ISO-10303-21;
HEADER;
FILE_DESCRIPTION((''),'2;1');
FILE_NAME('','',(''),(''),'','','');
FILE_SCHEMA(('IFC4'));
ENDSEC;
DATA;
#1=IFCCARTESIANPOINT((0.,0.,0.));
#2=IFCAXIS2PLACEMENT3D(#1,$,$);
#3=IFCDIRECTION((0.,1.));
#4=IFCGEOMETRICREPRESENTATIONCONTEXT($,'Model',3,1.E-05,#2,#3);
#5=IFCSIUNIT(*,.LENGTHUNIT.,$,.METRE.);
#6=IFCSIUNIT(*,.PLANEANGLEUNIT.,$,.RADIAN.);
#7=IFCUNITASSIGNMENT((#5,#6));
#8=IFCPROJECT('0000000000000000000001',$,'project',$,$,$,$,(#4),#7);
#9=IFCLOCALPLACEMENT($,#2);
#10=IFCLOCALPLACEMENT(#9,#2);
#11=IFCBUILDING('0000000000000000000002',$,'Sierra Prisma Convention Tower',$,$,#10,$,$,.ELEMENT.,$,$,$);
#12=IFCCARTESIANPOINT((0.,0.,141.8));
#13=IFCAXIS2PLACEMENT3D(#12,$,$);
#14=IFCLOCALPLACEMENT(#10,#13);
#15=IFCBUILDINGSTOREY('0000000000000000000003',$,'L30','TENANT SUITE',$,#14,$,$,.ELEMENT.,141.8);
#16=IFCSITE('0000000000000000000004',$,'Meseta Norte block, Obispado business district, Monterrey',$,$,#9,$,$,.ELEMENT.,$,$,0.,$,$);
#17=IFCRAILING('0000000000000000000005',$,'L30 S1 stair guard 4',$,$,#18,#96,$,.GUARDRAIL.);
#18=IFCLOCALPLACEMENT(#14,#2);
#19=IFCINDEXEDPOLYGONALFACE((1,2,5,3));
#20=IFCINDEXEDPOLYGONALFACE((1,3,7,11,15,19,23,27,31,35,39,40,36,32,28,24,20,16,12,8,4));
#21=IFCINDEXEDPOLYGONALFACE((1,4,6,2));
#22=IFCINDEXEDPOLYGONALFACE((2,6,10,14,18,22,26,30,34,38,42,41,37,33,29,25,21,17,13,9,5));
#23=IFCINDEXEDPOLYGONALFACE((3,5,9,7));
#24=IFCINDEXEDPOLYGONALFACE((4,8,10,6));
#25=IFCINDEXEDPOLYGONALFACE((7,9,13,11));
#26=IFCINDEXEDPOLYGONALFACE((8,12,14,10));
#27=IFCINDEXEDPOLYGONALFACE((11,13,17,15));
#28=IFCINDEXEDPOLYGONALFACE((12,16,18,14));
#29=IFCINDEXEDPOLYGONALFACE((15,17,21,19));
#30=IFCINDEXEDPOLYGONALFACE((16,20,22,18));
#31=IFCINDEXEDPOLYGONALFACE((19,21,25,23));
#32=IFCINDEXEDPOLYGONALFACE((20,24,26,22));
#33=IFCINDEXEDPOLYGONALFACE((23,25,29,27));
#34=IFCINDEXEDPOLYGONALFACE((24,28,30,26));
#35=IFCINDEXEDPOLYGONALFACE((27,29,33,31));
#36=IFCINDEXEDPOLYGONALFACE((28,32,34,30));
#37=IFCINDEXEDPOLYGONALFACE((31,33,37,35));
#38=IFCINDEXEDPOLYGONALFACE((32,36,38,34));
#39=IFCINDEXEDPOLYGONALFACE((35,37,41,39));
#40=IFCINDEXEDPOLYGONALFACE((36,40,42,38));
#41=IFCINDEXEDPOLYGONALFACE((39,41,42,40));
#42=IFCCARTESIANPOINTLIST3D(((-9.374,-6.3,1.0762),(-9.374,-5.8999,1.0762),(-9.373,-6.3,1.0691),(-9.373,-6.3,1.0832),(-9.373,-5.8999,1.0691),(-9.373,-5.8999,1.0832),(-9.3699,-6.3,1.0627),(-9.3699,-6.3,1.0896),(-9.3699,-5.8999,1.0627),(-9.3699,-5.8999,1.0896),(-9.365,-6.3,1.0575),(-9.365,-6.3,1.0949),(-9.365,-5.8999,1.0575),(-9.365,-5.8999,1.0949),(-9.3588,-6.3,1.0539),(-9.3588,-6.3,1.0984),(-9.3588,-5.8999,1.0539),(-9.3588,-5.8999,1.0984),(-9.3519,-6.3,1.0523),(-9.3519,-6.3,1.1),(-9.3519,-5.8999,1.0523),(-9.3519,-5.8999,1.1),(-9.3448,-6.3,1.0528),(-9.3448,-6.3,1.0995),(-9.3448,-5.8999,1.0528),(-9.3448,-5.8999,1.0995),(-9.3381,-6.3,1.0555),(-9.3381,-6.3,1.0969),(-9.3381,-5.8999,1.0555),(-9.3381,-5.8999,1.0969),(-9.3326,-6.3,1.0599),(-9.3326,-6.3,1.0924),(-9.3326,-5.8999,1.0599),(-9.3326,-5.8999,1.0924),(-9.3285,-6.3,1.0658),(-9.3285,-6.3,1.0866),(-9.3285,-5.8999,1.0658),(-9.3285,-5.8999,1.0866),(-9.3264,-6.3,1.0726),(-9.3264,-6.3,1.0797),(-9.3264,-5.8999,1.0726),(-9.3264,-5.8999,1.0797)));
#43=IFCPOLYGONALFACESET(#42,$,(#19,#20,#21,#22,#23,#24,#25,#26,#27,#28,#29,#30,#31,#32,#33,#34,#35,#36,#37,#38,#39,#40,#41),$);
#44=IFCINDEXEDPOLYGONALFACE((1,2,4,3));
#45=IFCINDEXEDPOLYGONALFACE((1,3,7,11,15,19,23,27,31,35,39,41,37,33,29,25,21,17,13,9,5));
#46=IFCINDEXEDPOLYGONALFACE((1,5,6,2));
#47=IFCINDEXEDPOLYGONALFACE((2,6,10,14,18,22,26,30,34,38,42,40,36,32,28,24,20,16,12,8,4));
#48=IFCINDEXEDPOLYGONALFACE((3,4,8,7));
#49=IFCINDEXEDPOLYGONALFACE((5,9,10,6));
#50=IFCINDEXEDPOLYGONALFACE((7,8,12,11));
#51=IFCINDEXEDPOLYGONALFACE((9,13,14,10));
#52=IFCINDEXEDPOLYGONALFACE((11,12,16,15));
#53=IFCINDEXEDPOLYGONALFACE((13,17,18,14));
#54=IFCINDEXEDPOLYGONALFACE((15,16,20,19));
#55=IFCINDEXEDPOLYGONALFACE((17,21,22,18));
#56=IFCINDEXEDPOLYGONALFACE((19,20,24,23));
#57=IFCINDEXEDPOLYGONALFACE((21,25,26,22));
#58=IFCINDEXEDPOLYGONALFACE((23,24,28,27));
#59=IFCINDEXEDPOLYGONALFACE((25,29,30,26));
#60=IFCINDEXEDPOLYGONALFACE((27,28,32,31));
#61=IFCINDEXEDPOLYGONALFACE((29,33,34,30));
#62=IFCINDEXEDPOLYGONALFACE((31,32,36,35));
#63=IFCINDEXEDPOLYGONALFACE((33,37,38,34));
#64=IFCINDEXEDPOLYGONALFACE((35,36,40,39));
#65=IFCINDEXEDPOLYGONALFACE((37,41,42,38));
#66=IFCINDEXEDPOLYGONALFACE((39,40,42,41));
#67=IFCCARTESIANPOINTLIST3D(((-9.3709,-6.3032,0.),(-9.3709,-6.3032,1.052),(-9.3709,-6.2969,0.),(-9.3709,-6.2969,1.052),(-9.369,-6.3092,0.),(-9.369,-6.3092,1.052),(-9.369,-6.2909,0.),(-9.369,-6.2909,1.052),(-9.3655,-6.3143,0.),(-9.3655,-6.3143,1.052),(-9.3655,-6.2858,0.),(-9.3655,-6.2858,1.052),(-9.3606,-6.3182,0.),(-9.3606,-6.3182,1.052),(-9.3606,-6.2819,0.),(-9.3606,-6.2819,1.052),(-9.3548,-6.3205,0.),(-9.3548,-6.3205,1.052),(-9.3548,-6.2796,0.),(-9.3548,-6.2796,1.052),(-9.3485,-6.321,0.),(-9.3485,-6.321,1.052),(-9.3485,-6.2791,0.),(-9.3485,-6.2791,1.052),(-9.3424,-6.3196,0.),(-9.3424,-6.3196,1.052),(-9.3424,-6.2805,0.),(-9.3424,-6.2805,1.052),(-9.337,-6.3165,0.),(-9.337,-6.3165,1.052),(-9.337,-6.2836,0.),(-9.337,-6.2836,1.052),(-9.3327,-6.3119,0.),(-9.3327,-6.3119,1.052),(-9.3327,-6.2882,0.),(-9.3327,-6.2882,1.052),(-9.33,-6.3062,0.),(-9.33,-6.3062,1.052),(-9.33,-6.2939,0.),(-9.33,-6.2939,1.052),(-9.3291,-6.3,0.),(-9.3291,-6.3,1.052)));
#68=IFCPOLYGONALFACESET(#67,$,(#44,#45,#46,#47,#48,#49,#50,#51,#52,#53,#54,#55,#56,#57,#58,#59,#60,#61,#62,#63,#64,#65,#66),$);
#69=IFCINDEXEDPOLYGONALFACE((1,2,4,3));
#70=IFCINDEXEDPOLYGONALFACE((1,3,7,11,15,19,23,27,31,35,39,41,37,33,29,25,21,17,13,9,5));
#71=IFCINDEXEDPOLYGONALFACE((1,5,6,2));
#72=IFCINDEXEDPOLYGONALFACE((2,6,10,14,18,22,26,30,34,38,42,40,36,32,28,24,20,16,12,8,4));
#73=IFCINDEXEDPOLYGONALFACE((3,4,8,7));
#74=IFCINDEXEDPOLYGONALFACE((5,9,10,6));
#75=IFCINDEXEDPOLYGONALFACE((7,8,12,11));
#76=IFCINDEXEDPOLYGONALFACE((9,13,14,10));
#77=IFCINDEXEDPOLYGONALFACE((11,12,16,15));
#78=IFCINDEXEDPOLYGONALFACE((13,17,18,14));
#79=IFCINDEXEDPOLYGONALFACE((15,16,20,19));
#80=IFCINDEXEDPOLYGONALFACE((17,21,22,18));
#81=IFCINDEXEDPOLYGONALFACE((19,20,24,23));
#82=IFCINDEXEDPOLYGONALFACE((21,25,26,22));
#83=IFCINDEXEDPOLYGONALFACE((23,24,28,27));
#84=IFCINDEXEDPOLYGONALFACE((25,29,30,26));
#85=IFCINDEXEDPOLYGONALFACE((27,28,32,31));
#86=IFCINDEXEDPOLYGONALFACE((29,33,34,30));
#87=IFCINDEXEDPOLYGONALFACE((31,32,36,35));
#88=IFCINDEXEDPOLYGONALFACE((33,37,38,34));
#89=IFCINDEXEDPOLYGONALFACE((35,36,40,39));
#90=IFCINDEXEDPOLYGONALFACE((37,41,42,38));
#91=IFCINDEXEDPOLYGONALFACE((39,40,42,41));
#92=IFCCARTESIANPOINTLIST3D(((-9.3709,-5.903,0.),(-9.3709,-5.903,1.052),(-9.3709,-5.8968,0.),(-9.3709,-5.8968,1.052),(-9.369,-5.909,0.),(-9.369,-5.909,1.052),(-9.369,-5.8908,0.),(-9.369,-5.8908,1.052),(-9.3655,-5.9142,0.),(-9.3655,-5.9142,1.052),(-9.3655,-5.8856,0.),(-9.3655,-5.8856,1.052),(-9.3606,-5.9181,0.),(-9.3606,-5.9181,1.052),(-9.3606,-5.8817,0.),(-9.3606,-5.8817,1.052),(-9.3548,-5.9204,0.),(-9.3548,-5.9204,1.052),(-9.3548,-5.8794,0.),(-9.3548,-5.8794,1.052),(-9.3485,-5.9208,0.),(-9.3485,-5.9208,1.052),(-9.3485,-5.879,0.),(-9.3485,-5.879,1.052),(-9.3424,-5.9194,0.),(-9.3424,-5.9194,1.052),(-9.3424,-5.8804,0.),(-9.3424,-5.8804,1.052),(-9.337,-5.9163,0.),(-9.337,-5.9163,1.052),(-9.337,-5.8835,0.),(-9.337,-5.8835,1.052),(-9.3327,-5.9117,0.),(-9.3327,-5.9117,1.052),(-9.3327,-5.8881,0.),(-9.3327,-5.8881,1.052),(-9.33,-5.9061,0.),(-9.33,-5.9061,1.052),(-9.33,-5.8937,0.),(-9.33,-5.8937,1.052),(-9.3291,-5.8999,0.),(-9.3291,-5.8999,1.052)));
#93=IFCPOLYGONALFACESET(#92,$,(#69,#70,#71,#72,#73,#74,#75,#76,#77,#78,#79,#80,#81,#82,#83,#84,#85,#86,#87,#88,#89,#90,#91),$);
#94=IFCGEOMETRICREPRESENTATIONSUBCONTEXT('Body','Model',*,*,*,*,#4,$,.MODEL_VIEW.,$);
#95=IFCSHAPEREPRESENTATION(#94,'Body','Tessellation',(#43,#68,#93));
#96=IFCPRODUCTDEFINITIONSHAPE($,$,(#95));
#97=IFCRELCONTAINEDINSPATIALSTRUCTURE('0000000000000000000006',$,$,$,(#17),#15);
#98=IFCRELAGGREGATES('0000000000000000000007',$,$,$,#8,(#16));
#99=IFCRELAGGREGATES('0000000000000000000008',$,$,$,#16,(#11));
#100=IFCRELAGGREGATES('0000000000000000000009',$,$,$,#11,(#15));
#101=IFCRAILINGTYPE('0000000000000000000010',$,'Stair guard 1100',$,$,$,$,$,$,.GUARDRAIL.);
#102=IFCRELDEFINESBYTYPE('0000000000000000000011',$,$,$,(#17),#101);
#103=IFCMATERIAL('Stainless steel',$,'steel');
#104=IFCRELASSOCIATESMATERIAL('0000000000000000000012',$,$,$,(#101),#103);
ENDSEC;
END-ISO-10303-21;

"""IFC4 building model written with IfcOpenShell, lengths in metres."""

from ifc_helpers import new_model, si_unit, direction, frame, origin, origin_2d, place, context, subcontext, project, spatial, circle, extrude, material, type_object, element, save


model = new_model("IFC4")

# Units and contexts
model_context = context("Model", 3, precision=1e-05, world=origin(), true_north=direction((0.0, 1.0)))
body_context = subcontext(model_context, "Body", "Model", "MODEL_VIEW")
ifc_project = project(units=[si_unit("LENGTHUNIT", "METRE"), si_unit("PLANEANGLEUNIT", "RADIAN")], contexts=[model_context])

# Site, building, storey
site_placement = place(None, origin())
site = spatial("IfcSite", under=ifc_project, at=site_placement, Name="Meseta Norte block, Obispado business district, Monterrey", CompositionType="ELEMENT", RefElevation=0.0)
building_placement = place(site_placement, origin())
building = spatial("IfcBuilding", under=site, at=building_placement, Name="Sierra Prisma Convention Tower", CompositionType="ELEMENT")
storey_placement = place(building_placement, frame((0.0, 0.0, 141.8)))
storey = spatial("IfcBuildingStorey", under=building, at=storey_placement, Name="L30", Description="TENANT SUITE", CompositionType="ELEMENT", Elevation=141.8)

# Railing
ifc_material_1 = material(Name="Stainless steel", Category="steel")
railing_type_1 = type_object("IfcRailingType", Name="Stair guard 1100", PredefinedType="GUARDRAIL", material=ifc_material_1)
railing_1_placement = place(storey_placement, frame((-9.3501, -6.3, 0.0)))
element("IfcRailing", 1, at=railing_1_placement, inside=storey, type_object=railing_type_1, Name="L30 S1 stair guard 4", PredefinedType="GUARDRAIL", context=body_context, shape_type="SweptSolid", body=[
    extrude(circle(Radius=0.0239, at=origin_2d()), frame((0.0, 0.0, 1.0762), z_axis=(0.0, 1.0, 0.0), x_axis=(-1.0, 0.0, 0.0)), (0.0, 0.0, 1.0), 0.4001),
    extrude(circle(Radius=0.021, at=origin_2d()), origin(), (0.0, 0.0, 1.0), 1.052),
    extrude(circle(Radius=0.021, at=origin_2d()), frame((0.0, 0.4001, 0.0)), (0.0, 0.0, 1.0), 1.052),
])

save(model, "model.ifc")
